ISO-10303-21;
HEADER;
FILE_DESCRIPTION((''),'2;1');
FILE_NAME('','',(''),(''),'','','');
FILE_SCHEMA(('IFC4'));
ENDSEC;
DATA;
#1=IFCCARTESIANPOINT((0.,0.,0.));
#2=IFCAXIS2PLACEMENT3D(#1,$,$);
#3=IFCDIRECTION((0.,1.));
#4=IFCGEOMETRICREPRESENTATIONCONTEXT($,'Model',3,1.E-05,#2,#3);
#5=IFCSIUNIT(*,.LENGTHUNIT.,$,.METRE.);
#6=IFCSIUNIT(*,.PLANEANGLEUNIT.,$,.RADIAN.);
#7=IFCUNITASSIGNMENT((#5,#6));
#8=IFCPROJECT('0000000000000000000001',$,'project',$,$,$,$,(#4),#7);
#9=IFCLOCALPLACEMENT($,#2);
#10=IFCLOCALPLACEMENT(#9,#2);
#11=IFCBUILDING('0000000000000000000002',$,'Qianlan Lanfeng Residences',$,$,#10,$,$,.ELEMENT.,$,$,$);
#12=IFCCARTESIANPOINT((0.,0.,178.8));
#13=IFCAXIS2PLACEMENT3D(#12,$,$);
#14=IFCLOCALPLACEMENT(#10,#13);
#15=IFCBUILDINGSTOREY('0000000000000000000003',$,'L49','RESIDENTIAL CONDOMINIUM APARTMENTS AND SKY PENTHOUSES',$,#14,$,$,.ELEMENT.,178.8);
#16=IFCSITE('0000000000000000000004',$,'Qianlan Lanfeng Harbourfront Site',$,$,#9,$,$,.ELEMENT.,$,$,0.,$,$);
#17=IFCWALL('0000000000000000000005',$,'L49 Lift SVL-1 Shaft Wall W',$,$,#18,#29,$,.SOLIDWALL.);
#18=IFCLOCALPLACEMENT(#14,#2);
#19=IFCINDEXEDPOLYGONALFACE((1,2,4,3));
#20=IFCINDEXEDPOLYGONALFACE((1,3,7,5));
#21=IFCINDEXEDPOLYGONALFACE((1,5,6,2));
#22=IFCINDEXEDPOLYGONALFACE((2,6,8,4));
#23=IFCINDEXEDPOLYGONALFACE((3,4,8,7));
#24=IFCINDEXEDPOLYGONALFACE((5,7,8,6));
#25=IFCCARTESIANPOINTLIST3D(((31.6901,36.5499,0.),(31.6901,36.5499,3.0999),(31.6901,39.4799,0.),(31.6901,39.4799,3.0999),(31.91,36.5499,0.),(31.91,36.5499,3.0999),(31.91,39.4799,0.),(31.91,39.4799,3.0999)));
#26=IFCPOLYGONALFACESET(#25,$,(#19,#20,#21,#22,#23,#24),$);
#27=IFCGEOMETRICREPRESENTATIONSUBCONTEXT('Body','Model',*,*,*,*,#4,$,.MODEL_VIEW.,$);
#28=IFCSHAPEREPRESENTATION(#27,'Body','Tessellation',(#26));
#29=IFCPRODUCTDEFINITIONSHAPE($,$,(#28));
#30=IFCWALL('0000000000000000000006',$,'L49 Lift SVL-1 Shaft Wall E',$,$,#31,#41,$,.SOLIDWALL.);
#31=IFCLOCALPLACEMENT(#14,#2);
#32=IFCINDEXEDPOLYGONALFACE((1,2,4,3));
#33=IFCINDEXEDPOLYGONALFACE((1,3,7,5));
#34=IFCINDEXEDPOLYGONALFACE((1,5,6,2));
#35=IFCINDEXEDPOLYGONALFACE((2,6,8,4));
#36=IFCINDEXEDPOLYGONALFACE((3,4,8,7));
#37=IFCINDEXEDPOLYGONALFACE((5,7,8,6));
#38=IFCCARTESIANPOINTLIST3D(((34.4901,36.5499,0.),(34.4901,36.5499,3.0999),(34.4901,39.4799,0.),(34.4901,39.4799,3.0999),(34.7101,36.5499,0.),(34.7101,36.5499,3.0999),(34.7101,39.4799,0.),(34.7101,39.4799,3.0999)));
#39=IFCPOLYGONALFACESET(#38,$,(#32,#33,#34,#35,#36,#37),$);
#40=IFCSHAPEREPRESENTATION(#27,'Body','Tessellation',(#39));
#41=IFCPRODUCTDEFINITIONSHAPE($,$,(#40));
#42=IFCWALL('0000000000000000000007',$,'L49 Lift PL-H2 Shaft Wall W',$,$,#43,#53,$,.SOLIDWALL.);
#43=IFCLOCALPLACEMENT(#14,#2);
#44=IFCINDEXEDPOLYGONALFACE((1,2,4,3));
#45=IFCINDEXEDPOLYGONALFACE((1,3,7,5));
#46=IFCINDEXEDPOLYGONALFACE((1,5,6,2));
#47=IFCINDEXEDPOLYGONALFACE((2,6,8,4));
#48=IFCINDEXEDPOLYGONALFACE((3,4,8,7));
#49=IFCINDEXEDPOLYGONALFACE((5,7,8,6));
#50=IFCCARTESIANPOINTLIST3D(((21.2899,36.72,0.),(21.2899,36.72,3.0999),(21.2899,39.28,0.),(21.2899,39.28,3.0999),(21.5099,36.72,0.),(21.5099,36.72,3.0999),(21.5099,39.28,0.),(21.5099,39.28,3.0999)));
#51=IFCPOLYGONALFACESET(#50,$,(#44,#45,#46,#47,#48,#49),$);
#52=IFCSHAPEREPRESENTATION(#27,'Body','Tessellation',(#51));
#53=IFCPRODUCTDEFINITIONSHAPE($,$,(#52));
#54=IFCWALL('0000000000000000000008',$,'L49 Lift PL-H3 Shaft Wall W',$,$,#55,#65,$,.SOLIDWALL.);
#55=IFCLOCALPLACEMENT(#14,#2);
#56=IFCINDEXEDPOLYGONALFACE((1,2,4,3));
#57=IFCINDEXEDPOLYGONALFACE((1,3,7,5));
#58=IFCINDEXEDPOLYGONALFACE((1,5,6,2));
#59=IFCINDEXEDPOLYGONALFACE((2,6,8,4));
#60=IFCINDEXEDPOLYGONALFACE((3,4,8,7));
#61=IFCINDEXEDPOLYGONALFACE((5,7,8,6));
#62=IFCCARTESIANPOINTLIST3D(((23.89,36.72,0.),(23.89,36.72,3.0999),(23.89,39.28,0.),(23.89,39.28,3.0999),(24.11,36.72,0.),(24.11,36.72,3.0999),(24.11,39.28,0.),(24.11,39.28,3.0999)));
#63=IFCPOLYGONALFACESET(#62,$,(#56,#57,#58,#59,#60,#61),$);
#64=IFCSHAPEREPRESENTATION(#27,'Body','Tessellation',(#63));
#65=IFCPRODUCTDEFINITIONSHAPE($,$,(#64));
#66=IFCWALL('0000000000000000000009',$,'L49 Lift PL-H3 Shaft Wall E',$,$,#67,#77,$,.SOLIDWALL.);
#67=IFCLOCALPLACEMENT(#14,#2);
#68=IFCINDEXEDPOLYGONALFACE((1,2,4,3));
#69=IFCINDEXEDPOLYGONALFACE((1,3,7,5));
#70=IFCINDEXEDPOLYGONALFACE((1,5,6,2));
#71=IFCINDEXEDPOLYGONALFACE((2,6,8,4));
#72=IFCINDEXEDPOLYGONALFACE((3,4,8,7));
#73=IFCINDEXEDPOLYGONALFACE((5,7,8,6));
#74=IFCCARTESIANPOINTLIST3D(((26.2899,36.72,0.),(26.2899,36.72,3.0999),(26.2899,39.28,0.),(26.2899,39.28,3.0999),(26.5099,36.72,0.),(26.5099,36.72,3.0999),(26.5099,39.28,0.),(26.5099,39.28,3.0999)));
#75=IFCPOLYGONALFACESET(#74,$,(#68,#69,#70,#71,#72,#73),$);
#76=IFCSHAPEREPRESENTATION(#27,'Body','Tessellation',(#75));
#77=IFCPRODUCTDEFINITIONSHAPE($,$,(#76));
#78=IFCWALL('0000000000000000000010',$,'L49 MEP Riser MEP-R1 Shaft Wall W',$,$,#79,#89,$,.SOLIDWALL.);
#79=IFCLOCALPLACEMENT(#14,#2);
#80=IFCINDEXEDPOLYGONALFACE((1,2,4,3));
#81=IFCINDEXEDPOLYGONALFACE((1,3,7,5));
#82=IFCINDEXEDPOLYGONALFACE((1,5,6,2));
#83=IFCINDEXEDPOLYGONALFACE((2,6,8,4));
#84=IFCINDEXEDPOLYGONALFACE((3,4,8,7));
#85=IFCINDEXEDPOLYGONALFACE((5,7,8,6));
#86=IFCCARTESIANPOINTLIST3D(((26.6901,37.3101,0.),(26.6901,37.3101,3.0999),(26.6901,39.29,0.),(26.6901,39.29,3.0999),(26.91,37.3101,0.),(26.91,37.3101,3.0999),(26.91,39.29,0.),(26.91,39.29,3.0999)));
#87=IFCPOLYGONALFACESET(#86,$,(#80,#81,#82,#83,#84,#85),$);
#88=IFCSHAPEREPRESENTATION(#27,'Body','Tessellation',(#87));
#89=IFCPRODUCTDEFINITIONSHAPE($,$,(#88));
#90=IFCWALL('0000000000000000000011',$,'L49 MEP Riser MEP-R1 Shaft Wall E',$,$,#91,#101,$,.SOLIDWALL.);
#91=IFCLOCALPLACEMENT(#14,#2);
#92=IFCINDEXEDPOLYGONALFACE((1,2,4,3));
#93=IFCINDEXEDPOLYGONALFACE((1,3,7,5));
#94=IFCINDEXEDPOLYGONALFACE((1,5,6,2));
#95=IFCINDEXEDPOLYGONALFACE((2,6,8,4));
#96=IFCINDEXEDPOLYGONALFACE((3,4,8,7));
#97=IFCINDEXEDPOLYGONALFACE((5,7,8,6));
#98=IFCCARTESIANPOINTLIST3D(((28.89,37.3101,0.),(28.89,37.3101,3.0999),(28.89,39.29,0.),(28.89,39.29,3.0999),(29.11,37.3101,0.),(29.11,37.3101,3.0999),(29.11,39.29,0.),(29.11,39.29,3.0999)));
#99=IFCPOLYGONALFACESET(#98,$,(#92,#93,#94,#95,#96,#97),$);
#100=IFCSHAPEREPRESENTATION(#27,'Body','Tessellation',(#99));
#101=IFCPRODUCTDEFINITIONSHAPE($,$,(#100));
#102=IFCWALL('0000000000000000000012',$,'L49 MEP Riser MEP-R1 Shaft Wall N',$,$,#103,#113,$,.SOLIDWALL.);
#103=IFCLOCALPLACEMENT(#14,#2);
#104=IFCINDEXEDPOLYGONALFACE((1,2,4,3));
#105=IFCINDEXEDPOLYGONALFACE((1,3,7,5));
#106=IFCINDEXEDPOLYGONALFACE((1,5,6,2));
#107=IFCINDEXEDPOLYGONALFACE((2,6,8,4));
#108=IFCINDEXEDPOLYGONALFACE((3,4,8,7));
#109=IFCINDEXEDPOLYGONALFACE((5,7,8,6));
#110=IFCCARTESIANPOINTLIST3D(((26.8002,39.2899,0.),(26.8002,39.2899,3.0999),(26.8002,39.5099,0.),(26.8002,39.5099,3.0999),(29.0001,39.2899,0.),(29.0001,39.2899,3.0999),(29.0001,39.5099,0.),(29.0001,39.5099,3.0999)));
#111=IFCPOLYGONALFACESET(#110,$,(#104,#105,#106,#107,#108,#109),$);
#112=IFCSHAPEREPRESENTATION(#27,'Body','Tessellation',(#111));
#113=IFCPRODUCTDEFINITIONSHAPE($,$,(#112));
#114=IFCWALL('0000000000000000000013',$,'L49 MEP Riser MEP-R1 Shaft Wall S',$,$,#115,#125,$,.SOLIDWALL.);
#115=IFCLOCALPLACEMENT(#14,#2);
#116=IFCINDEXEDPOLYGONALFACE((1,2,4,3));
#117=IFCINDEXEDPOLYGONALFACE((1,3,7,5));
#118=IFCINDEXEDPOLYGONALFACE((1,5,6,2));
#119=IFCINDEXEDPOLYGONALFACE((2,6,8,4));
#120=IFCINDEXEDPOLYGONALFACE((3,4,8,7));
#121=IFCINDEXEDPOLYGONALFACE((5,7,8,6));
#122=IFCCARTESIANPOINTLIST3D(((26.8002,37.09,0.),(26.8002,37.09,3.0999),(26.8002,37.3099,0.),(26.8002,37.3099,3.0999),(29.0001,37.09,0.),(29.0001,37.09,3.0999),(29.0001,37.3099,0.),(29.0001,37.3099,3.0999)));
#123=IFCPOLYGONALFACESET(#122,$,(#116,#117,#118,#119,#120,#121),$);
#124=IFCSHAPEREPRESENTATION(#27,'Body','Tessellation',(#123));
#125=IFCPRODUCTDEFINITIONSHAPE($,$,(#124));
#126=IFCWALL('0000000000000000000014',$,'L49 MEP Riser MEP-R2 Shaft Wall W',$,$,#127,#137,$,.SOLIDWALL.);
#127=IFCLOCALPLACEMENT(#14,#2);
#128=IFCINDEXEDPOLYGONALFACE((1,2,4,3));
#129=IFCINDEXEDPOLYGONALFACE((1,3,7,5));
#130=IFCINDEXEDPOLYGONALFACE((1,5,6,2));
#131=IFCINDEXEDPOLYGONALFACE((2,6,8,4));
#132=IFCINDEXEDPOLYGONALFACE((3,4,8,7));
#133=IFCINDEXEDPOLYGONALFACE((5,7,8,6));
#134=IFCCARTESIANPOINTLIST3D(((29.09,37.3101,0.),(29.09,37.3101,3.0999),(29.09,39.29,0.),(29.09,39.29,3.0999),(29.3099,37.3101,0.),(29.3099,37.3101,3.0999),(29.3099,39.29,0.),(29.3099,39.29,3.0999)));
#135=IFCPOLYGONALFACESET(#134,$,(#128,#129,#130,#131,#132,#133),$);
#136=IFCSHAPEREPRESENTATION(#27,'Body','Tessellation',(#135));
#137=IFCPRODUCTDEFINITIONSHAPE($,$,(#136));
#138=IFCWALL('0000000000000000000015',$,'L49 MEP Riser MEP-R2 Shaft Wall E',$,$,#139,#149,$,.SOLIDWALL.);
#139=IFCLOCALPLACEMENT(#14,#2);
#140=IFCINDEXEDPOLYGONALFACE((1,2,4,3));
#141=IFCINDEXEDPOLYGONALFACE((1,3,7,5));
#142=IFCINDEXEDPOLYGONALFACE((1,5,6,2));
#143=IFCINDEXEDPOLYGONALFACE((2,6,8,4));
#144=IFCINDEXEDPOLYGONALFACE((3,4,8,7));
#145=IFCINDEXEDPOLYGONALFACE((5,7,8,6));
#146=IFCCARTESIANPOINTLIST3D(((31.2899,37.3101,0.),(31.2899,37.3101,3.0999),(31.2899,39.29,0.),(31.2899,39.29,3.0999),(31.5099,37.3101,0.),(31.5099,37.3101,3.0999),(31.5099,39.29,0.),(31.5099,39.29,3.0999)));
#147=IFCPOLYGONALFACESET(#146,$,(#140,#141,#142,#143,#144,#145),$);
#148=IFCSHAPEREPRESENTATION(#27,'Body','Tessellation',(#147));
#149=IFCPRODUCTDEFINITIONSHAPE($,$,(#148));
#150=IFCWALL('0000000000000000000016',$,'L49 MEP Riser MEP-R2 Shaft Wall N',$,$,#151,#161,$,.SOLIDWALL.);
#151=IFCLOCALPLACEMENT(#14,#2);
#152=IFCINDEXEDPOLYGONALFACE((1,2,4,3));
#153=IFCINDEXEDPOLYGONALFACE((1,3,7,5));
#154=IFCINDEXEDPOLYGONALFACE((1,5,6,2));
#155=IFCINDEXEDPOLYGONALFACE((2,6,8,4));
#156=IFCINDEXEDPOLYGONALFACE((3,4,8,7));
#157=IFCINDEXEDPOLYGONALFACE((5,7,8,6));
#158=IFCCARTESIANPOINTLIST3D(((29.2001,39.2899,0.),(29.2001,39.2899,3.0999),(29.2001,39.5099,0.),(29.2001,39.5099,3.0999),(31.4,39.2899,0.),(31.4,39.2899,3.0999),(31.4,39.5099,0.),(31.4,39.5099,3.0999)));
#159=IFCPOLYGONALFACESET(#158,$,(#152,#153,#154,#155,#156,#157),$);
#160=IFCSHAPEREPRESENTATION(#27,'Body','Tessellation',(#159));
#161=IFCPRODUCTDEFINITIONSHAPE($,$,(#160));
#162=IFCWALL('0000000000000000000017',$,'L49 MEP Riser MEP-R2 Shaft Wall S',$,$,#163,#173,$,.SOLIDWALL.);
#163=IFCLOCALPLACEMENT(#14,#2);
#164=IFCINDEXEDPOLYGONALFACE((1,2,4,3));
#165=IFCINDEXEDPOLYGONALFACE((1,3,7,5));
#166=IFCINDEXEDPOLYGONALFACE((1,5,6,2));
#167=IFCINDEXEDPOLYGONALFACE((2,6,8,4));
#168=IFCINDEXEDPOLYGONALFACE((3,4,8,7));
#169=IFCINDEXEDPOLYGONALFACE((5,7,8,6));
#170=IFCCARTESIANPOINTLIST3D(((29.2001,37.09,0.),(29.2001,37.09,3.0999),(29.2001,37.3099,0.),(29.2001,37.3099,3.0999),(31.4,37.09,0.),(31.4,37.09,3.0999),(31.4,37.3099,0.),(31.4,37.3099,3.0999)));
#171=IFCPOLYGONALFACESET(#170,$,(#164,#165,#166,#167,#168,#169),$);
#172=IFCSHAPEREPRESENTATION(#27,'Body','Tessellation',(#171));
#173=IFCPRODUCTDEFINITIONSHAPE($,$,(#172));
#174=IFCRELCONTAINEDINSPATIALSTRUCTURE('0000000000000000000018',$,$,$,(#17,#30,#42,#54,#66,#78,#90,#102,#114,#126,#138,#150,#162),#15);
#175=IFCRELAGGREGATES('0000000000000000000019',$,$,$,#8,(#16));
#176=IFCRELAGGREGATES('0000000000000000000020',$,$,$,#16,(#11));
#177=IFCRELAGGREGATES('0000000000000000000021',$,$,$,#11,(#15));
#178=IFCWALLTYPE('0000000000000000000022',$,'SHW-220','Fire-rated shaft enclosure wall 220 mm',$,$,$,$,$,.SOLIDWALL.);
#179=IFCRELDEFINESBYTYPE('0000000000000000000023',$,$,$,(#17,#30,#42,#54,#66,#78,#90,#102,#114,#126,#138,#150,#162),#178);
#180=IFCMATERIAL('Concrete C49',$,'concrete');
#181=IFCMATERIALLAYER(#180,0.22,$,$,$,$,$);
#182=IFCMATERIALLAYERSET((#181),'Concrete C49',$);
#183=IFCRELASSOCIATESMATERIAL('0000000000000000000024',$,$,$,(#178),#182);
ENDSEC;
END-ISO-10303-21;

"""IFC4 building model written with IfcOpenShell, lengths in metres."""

from ifc_helpers import new_model, si_unit, direction, frame, frame_2d, origin, place, context, subcontext, project, spatial, rectangle, extrude, material, layer, layer_set, type_object, element, save


model = new_model("IFC4")

# Units and contexts
model_context = context("Model", 3, precision=1e-05, world=origin(), true_north=direction((0.0, 1.0)))
body_context = subcontext(model_context, "Body", "Model", "MODEL_VIEW")
ifc_project = project(units=[si_unit("LENGTHUNIT", "METRE"), si_unit("PLANEANGLEUNIT", "RADIAN")], contexts=[model_context])

# Site, building, storey
site_placement = place(None, origin())
site = spatial("IfcSite", under=ifc_project, at=site_placement, Name="Qianlan Lanfeng Harbourfront Site", CompositionType="ELEMENT", RefElevation=0.0)
building_placement = place(site_placement, origin())
building = spatial("IfcBuilding", under=site, at=building_placement, Name="Qianlan Lanfeng Residences", CompositionType="ELEMENT")
storey_placement = place(building_placement, frame((0.0, 0.0, 178.8)))
storey = spatial("IfcBuildingStorey", under=building, at=storey_placement, Name="L49", Description="RESIDENTIAL CONDOMINIUM APARTMENTS AND SKY PENTHOUSES", CompositionType="ELEMENT", Elevation=178.8)

# Walls
ifc_material_1 = material(Name="Concrete C49", Category="concrete")
ifc_layer_1 = layer(ifc_material_1, 0.22)
ifc_layer_set_1 = layer_set([ifc_layer_1], Name="Concrete C49")
wall_type_1 = type_object("IfcWallType", Name="SHW-220", Description="Fire-rated shaft enclosure wall 220 mm", PredefinedType="SOLIDWALL", material=ifc_layer_set_1)
for number, where, z_axis, x_axis, name in (
    (1, (31.8, 36.55, 0.0), (0.0, 0.0, 1.0), (0.0, 1.0, 0.0), "L49 Lift SVL-1 Shaft Wall W"),
    (2, (34.6001, 36.55, 0.0), (0.0, 0.0, 1.0), (0.0, 1.0, 0.0), "L49 Lift SVL-1 Shaft Wall E"),
):
    element("IfcWall", number, at=place(storey_placement, frame(where, z_axis=z_axis, x_axis=x_axis)), inside=storey, type_object=wall_type_1, Name=name, PredefinedType="SOLIDWALL", context=body_context, shape_type="SweptSolid", body=[
        extrude(rectangle(XDim=2.9299, YDim=0.22, at=frame_2d((1.4648, 0.0))), origin(), (0.0, 0.0, 1.0), 3.0999),
    ])
for number, where, z_axis, x_axis, name in (
    (3, (21.3999, 36.72, 0.0), (0.0, 0.0, 1.0), (0.0, 1.0, 0.0), "L49 Lift PL-H2 Shaft Wall W"),
    (4, (24.0, 36.72, 0.0), (0.0, 0.0, 1.0), (0.0, 1.0, 0.0), "L49 Lift PL-H3 Shaft Wall W"),
    (5, (26.3999, 36.72, 0.0), (0.0, 0.0, 1.0), (0.0, 1.0, 0.0), "L49 Lift PL-H3 Shaft Wall E"),
):
    element("IfcWall", number, at=place(storey_placement, frame(where, z_axis=z_axis, x_axis=x_axis)), inside=storey, type_object=wall_type_1, Name=name, PredefinedType="SOLIDWALL", context=body_context, shape_type="SweptSolid", body=[
        extrude(rectangle(XDim=2.5601, YDim=0.22, at=frame_2d((1.28, 0.0))), origin(), (0.0, 0.0, 1.0), 3.0999),
    ])
for number, where, z_axis, x_axis, name in (
    (6, (26.8, 37.3101, 0.0), (0.0, 0.0, 1.0), (0.0, 1.0, 0.0), "L49 MEP Riser MEP-R1 Shaft Wall W"),
    (7, (29.0, 37.3101, 0.0), (0.0, 0.0, 1.0), (0.0, 1.0, 0.0), "L49 MEP Riser MEP-R1 Shaft Wall E"),
):
    element("IfcWall", number, at=place(storey_placement, frame(where, z_axis=z_axis, x_axis=x_axis)), inside=storey, type_object=wall_type_1, Name=name, PredefinedType="SOLIDWALL", context=body_context, shape_type="SweptSolid", body=[
        extrude(rectangle(XDim=1.98, YDim=0.22, at=frame_2d((0.99, 0.0))), origin(), (0.0, 0.0, 1.0), 3.0999),
    ])
for number, where, z_axis, x_axis, name in (
    (8, (26.8, 39.3999, 0.0), (0.0, 0.0, 1.0), (1.0, 0.0, 0.0), "L49 MEP Riser MEP-R1 Shaft Wall N"),
    (9, (26.8, 37.2, 0.0), (0.0, 0.0, 1.0), (1.0, 0.0, 0.0), "L49 MEP Riser MEP-R1 Shaft Wall S"),
):
    element("IfcWall", number, at=place(storey_placement, frame(where, z_axis=z_axis, x_axis=x_axis)), inside=storey, type_object=wall_type_1, Name=name, PredefinedType="SOLIDWALL", context=body_context, shape_type="SweptSolid", body=[
        extrude(rectangle(XDim=2.2, YDim=0.22, at=frame_2d((1.1001, 0.0))), origin(), (0.0, 0.0, 1.0), 3.0999),
    ])
for number, where, z_axis, x_axis, name in (
    (10, (29.2, 37.3101, 0.0), (0.0, 0.0, 1.0), (0.0, 1.0, 0.0), "L49 MEP Riser MEP-R2 Shaft Wall W"),
    (11, (31.3999, 37.3101, 0.0), (0.0, 0.0, 1.0), (0.0, 1.0, 0.0), "L49 MEP Riser MEP-R2 Shaft Wall E"),
):
    element("IfcWall", number, at=place(storey_placement, frame(where, z_axis=z_axis, x_axis=x_axis)), inside=storey, type_object=wall_type_1, Name=name, PredefinedType="SOLIDWALL", context=body_context, shape_type="SweptSolid", body=[
        extrude(rectangle(XDim=1.98, YDim=0.22, at=frame_2d((0.99, 0.0))), origin(), (0.0, 0.0, 1.0), 3.0999),
    ])
for number, where, z_axis, x_axis, name in (
    (12, (29.2, 39.3999, 0.0), (0.0, 0.0, 1.0), (1.0, 0.0, 0.0), "L49 MEP Riser MEP-R2 Shaft Wall N"),
    (13, (29.2, 37.2, 0.0), (0.0, 0.0, 1.0), (1.0, 0.0, 0.0), "L49 MEP Riser MEP-R2 Shaft Wall S"),
):
    element("IfcWall", number, at=place(storey_placement, frame(where, z_axis=z_axis, x_axis=x_axis)), inside=storey, type_object=wall_type_1, Name=name, PredefinedType="SOLIDWALL", context=body_context, shape_type="SweptSolid", body=[
        extrude(rectangle(XDim=2.2, YDim=0.22, at=frame_2d((1.1001, 0.0))), origin(), (0.0, 0.0, 1.0), 3.0999),
    ])

save(model, "model.ifc")
